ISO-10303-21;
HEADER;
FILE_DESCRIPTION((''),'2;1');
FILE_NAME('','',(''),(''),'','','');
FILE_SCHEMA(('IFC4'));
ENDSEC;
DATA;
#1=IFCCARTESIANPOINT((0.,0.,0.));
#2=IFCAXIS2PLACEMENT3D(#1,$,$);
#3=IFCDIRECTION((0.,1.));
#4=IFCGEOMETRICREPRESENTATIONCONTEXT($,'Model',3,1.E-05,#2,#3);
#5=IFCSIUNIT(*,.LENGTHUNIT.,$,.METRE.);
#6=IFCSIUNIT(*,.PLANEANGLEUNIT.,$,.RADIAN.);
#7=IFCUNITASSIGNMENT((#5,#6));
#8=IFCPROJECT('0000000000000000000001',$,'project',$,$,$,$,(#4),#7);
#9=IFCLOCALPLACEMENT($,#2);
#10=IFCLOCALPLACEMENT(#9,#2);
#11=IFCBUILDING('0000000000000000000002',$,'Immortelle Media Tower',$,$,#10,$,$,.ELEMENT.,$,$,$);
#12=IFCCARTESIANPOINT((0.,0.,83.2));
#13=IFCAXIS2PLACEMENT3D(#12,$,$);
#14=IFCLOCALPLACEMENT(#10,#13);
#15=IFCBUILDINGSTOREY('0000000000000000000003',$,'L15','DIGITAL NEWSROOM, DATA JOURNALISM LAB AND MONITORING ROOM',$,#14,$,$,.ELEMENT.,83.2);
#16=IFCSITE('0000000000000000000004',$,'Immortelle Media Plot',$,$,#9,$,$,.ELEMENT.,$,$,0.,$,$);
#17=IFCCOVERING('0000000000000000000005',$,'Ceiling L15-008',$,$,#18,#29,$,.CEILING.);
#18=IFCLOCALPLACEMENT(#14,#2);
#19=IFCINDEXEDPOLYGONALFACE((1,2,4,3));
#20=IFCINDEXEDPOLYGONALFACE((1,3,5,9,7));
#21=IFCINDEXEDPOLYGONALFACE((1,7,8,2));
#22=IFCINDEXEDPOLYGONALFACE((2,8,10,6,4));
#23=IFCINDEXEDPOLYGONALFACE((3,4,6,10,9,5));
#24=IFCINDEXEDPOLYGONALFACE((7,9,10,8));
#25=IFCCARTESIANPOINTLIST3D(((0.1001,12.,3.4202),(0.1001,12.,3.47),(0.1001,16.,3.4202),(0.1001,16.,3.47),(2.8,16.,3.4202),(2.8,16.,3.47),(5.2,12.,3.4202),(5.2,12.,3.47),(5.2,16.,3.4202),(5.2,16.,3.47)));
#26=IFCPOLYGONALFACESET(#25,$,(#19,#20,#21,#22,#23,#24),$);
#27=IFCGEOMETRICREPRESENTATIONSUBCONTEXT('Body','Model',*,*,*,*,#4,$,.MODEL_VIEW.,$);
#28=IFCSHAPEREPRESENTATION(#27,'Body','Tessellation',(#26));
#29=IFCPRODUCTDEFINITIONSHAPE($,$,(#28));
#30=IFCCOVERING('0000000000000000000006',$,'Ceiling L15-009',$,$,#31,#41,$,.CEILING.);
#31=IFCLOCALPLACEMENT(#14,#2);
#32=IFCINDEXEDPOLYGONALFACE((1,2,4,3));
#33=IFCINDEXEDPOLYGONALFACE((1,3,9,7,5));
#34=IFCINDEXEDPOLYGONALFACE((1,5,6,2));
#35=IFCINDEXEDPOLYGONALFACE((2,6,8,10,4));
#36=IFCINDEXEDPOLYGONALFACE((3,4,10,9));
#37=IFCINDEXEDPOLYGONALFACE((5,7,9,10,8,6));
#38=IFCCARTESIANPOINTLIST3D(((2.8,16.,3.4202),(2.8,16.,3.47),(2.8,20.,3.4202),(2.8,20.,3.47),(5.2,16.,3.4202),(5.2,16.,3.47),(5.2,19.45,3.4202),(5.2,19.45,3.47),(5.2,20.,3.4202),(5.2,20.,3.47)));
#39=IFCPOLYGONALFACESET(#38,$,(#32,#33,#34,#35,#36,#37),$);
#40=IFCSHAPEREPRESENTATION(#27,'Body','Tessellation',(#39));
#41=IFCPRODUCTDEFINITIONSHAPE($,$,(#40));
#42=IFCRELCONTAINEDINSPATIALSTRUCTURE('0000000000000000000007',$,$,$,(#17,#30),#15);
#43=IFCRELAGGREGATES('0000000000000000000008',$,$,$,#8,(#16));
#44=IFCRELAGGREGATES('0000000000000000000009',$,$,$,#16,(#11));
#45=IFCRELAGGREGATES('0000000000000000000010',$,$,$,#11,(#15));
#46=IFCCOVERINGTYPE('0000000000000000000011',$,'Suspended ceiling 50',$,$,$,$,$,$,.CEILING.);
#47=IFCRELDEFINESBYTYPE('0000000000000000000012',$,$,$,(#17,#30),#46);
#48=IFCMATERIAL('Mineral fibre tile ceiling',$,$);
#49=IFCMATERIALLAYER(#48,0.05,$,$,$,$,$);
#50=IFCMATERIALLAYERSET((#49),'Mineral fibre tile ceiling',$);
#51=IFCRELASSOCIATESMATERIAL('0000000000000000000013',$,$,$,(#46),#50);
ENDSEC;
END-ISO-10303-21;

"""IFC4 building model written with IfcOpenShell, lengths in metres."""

from ifc_helpers import new_model, si_unit, direction, frame, origin, place, context, subcontext, project, spatial, polyline, outline, extrude, material, layer, layer_set, type_object, element, save


model = new_model("IFC4")

# Units and contexts
model_context = context("Model", 3, precision=1e-05, world=origin(), true_north=direction((0.0, 1.0)))
body_context = subcontext(model_context, "Body", "Model", "MODEL_VIEW")
ifc_project = project(units=[si_unit("LENGTHUNIT", "METRE"), si_unit("PLANEANGLEUNIT", "RADIAN")], contexts=[model_context])

# Site, building, storey
site_placement = place(None, origin())
site = spatial("IfcSite", under=ifc_project, at=site_placement, Name="Immortelle Media Plot", CompositionType="ELEMENT", RefElevation=0.0)
building_placement = place(site_placement, origin())
building = spatial("IfcBuilding", under=site, at=building_placement, Name="Immortelle Media Tower", CompositionType="ELEMENT")
storey_placement = place(building_placement, frame((0.0, 0.0, 83.2)))
storey = spatial("IfcBuildingStorey", under=building, at=storey_placement, Name="L15", Description="DIGITAL NEWSROOM, DATA JOURNALISM LAB AND MONITORING ROOM", CompositionType="ELEMENT", Elevation=83.2)

# Coverings
ifc_material_1 = material(Name="Mineral fibre tile ceiling")
ifc_layer_1 = layer(ifc_material_1, 0.05)
ifc_layer_set_1 = layer_set([ifc_layer_1], Name="Mineral fibre tile ceiling")
covering_type = type_object("IfcCoveringType", Name="Suspended ceiling 50", PredefinedType="CEILING", material=ifc_layer_set_1)
covering_1_placement = place(storey_placement, frame((0.0, 0.0, 3.4202)))
element("IfcCovering", 1, at=covering_1_placement, inside=storey, type_object=covering_type, Name="Ceiling L15-008", PredefinedType="CEILING", context=body_context, shape_type="SweptSolid", body=[
    extrude(outline(polyline([(0.1001, 16.0), (2.8, 16.0), (5.2, 16.0), (5.2, 12.0), (0.1001, 12.0), (0.1001, 16.0)])), origin(), (0.0, 0.0, 1.0), 0.0498),
])
covering_2_placement = place(storey_placement, frame((0.0, 0.0, 3.4202)))
element("IfcCovering", 2, at=covering_2_placement, inside=storey, type_object=covering_type, Name="Ceiling L15-009", PredefinedType="CEILING", context=body_context, shape_type="SweptSolid", body=[
    extrude(outline(polyline([(5.2, 16.0), (2.8, 16.0), (2.8, 20.0), (5.2, 20.0), (5.2, 19.45), (5.2, 16.0)])), origin(), (0.0, 0.0, 1.0), 0.0498),
])

save(model, "model.ifc")
